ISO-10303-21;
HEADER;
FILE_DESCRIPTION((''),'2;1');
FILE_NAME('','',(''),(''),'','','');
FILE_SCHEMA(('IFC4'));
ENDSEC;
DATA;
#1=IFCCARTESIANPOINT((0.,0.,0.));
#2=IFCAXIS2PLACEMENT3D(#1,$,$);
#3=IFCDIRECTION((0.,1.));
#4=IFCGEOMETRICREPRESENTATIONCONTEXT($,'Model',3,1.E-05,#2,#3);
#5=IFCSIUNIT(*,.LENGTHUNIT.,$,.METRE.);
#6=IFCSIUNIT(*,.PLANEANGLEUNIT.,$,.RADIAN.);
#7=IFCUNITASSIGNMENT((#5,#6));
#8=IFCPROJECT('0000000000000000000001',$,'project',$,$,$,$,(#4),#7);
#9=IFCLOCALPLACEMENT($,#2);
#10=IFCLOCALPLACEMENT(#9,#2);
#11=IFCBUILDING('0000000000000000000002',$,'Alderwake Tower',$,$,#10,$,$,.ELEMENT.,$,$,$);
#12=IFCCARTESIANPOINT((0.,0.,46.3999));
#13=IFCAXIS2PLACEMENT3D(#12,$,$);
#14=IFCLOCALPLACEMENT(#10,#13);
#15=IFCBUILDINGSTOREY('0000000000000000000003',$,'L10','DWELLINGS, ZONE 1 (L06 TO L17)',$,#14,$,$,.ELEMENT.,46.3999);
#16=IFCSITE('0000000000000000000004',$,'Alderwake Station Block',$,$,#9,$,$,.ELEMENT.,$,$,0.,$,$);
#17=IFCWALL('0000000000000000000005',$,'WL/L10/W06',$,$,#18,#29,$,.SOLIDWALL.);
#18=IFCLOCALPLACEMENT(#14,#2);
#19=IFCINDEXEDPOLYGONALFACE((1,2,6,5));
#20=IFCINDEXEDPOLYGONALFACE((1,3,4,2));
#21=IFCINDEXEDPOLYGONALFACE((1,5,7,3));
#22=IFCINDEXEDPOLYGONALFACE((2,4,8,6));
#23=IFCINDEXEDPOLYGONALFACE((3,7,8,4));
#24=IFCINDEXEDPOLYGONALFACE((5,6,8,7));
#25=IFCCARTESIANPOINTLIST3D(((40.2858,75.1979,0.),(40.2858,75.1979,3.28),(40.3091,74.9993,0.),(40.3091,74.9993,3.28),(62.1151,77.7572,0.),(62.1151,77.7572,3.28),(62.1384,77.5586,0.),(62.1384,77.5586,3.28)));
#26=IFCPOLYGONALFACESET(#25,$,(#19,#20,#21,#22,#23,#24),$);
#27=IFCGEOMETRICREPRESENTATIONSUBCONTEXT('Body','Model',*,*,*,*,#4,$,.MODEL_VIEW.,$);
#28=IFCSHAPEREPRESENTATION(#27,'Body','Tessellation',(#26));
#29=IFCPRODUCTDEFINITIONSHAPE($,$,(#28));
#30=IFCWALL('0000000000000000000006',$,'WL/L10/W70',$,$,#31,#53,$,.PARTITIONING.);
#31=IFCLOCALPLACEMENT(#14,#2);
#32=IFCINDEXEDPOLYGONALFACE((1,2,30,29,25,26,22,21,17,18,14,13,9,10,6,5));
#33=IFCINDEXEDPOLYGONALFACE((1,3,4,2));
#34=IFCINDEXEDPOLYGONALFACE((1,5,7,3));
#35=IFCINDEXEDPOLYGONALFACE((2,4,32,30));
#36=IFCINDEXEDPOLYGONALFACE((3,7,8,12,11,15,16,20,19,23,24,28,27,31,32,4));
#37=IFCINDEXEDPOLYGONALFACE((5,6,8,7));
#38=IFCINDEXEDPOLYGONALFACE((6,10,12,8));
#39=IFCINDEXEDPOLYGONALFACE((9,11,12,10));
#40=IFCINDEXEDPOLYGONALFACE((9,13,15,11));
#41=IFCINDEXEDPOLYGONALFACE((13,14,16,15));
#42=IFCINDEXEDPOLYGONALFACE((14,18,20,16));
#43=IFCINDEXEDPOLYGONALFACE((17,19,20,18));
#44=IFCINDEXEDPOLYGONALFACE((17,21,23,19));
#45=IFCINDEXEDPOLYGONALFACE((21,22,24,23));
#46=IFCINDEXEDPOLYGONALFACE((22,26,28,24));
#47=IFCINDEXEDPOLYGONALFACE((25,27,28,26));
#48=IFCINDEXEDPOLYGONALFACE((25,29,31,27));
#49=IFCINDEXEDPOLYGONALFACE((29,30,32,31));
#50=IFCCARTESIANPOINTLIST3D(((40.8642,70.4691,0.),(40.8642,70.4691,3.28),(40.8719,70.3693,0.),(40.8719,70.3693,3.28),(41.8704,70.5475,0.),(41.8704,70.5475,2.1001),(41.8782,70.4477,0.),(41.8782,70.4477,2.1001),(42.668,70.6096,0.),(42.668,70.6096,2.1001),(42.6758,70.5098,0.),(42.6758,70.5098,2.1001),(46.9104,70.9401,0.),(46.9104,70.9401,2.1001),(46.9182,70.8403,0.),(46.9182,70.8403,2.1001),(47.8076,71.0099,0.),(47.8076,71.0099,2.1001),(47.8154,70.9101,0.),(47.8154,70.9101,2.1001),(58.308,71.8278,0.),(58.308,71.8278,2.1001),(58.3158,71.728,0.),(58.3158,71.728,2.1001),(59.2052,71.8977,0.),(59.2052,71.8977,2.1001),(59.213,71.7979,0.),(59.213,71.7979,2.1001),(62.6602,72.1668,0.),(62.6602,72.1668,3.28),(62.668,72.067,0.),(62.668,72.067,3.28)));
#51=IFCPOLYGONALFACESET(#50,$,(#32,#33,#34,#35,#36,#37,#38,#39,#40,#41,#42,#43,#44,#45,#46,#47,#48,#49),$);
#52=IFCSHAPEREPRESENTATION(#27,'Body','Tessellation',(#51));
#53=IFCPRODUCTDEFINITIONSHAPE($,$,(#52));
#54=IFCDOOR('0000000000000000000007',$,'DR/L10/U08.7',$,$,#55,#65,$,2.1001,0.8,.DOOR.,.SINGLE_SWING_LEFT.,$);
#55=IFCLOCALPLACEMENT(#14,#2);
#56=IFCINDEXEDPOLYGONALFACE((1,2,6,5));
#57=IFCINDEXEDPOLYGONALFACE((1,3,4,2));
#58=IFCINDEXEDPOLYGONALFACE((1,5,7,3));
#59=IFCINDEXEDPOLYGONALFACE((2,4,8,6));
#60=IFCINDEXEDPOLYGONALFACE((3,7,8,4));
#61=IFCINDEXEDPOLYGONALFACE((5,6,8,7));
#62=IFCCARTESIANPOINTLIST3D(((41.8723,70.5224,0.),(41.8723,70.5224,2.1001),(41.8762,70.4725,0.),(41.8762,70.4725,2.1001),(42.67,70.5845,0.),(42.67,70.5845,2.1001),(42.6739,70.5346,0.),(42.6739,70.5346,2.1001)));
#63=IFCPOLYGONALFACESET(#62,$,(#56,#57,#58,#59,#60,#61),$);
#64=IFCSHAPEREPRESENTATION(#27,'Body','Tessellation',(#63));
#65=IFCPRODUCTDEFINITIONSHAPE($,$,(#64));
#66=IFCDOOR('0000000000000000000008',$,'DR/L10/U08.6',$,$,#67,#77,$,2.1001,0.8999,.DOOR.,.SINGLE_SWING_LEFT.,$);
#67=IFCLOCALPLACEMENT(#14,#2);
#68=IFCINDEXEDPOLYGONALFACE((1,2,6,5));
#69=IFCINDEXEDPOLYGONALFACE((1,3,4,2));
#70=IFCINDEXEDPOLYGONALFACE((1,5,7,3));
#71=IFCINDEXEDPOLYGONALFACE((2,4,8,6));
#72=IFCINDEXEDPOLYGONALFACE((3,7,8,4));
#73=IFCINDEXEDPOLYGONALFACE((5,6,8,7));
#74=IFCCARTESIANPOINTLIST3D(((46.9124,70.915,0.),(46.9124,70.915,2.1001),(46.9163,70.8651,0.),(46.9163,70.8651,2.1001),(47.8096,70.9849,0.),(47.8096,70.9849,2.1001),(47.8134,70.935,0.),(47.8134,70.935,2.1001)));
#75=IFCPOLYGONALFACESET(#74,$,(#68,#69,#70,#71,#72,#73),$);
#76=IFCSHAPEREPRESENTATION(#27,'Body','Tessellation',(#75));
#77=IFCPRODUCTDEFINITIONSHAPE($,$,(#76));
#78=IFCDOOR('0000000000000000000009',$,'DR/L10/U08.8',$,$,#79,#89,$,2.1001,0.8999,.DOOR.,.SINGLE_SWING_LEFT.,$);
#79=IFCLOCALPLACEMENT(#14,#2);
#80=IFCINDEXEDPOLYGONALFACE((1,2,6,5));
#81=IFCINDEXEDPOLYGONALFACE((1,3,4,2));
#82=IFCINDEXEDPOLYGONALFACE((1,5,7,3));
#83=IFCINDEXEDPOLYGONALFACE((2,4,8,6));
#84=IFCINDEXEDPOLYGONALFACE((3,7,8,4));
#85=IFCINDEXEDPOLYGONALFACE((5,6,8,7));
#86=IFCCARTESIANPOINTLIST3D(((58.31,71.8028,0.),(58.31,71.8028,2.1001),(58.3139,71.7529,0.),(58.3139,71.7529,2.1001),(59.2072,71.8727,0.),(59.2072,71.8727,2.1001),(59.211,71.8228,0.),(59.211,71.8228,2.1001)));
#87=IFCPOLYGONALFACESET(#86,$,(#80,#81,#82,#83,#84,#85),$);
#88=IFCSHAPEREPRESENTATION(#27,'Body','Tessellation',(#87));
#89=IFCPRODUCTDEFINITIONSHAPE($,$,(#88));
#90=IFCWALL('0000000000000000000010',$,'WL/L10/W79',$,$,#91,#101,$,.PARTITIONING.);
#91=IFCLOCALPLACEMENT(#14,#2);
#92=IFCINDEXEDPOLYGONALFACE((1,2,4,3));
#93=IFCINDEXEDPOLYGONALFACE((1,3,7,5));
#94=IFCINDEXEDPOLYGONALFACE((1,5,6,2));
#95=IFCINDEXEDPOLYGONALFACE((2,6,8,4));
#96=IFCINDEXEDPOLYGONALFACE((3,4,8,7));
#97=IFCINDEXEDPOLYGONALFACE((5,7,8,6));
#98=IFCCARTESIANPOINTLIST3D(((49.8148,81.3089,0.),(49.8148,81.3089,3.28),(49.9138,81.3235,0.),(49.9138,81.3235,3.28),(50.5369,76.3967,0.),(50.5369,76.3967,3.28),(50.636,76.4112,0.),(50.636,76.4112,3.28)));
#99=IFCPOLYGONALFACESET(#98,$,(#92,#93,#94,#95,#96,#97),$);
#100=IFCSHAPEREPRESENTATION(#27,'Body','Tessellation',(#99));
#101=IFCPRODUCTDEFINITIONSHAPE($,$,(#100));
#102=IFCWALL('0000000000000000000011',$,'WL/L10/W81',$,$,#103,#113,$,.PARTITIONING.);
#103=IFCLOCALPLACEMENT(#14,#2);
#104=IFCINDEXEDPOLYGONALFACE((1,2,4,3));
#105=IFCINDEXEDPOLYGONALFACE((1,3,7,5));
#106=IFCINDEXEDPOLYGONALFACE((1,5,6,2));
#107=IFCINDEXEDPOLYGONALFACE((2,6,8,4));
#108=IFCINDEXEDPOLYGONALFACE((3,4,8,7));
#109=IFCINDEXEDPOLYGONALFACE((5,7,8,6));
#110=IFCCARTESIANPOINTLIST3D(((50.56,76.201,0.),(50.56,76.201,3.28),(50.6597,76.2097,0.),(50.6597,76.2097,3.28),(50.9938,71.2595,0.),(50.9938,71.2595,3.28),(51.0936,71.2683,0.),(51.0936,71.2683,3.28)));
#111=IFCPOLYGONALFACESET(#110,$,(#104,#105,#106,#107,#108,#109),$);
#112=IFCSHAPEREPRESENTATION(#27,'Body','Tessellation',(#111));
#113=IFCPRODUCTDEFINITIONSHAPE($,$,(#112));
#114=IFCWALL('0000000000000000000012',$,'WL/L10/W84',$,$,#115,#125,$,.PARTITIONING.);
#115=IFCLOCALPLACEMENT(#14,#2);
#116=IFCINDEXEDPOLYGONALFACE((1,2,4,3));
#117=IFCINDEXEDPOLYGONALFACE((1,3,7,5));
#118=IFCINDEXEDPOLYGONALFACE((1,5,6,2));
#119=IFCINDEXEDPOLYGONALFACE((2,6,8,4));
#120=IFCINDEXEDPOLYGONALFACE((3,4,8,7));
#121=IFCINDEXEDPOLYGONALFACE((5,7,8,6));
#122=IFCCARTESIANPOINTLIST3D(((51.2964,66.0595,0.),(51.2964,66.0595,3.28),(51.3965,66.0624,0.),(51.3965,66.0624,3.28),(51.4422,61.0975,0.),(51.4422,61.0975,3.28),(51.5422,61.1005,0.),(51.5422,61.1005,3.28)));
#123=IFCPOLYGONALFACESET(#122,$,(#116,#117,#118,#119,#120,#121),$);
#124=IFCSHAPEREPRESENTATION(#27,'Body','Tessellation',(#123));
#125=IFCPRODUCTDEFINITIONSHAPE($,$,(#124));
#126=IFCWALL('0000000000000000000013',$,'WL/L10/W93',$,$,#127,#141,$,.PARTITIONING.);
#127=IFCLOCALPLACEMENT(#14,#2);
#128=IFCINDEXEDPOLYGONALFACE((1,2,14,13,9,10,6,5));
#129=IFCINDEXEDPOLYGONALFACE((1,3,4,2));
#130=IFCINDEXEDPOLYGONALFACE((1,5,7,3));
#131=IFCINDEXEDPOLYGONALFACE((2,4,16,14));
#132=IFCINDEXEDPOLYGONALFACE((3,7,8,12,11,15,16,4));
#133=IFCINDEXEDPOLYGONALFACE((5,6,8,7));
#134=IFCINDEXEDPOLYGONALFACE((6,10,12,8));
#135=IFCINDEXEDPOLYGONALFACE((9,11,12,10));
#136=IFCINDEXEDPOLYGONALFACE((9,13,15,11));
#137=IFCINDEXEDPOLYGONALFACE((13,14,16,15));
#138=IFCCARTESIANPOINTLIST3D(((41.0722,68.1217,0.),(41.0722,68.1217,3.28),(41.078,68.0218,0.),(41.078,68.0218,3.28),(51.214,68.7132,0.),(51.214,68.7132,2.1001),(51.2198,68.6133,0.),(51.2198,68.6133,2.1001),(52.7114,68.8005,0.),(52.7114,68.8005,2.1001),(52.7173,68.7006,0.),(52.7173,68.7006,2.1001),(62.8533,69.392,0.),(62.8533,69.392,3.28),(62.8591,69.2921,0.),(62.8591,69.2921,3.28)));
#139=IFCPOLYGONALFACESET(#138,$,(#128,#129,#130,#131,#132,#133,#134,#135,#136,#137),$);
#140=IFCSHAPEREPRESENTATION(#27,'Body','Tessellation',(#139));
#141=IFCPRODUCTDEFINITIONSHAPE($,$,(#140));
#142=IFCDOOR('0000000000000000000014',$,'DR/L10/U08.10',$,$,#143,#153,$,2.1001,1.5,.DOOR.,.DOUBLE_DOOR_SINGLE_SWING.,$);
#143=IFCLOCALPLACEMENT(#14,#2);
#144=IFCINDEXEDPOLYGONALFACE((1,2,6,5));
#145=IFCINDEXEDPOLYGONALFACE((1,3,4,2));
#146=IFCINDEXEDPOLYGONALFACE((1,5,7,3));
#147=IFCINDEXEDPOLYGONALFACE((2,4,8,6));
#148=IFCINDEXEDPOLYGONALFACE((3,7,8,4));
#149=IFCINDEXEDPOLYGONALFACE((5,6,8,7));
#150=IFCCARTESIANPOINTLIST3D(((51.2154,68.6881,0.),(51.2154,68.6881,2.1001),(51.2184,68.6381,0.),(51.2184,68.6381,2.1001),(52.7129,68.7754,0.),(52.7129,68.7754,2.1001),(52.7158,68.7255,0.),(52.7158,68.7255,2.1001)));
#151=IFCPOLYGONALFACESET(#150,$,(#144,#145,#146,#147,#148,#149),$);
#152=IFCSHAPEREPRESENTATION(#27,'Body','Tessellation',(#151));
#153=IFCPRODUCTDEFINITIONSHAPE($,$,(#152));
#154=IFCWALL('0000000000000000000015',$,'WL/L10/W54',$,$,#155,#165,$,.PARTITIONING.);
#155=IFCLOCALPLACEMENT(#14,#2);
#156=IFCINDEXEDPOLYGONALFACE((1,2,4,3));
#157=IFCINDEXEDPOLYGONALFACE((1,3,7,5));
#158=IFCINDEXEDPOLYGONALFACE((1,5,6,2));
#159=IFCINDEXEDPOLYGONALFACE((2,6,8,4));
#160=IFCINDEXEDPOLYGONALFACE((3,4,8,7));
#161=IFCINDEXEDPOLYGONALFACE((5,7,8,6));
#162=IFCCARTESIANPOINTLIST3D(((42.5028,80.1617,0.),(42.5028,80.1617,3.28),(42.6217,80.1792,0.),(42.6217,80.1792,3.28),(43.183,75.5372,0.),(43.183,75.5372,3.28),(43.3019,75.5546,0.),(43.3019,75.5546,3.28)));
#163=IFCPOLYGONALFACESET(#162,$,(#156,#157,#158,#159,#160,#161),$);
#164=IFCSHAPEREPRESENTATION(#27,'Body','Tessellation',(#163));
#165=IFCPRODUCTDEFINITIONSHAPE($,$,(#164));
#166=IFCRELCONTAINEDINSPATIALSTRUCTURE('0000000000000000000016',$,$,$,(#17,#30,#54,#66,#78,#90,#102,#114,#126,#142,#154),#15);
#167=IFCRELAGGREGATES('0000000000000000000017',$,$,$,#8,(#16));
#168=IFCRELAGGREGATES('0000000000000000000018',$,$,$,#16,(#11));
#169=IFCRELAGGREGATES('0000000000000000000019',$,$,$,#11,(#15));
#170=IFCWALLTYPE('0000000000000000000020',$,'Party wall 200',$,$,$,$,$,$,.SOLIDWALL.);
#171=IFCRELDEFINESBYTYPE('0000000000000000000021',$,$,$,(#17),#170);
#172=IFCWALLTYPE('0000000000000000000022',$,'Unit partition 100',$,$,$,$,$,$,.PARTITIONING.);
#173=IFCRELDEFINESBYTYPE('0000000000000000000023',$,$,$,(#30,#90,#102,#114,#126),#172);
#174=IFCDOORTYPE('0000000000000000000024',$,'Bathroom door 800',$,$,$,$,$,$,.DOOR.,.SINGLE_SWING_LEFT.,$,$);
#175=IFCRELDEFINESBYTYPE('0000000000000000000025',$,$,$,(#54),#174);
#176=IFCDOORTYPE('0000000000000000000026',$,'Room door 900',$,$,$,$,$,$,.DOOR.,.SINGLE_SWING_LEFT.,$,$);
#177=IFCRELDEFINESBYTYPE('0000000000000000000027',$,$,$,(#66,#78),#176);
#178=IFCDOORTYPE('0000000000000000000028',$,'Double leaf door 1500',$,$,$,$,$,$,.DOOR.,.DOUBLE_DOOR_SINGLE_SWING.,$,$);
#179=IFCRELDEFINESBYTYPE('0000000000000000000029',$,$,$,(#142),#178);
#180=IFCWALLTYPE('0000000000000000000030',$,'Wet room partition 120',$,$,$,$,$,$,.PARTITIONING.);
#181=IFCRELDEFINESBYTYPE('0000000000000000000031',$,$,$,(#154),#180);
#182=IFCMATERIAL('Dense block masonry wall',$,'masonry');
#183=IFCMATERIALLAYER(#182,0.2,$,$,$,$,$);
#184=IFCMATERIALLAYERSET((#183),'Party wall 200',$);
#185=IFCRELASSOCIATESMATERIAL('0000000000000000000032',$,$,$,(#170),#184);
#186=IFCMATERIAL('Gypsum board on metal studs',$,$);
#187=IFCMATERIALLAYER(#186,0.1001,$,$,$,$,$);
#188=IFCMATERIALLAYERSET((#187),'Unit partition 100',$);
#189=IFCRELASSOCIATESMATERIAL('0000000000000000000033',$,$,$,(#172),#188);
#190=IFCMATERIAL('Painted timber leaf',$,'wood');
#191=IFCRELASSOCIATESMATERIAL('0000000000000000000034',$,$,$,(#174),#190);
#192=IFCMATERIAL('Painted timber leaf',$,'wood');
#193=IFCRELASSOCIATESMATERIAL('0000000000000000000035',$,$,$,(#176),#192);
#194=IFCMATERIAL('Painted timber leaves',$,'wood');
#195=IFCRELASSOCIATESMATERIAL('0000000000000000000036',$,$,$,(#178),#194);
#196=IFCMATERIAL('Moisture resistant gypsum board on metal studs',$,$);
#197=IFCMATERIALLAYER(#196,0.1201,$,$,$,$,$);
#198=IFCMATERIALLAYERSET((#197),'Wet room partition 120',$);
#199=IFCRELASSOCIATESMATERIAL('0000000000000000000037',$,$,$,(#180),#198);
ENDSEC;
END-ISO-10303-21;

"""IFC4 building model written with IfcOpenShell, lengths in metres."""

from ifc_helpers import new_model, si_unit, direction, frame, frame_2d, origin, place, context, subcontext, project, spatial, rectangle, extrude, material, layer, layer_set, type_object, element, fill, save


model = new_model("IFC4")

# Units and contexts
model_context = context("Model", 3, precision=1e-05, world=origin(), true_north=direction((0.0, 1.0)))
body_context = subcontext(model_context, "Body", "Model", "MODEL_VIEW")
ifc_project = project(units=[si_unit("LENGTHUNIT", "METRE"), si_unit("PLANEANGLEUNIT", "RADIAN")], contexts=[model_context])

# Site, building, storey
site_placement = place(None, origin())
site = spatial("IfcSite", under=ifc_project, at=site_placement, Name="Alderwake Station Block", CompositionType="ELEMENT", RefElevation=0.0)
building_placement = place(site_placement, origin())
building = spatial("IfcBuilding", under=site, at=building_placement, Name="Alderwake Tower", CompositionType="ELEMENT")
storey_placement = place(building_placement, frame((0.0, 0.0, 46.3999)))
storey = spatial("IfcBuildingStorey", under=building, at=storey_placement, Name="L10", Description="DWELLINGS, ZONE 1 (L06 TO L17)", CompositionType="ELEMENT", Elevation=46.3999)

# Wall
ifc_material_1 = material(Name="Dense block masonry wall", Category="masonry")
ifc_layer_1 = layer(ifc_material_1, 0.2)
ifc_layer_set_1 = layer_set([ifc_layer_1], Name="Party wall 200")
wall_type_1 = type_object("IfcWallType", Name="Party wall 200", PredefinedType="SOLIDWALL", material=ifc_layer_set_1)
wall_1_placement = place(storey_placement, frame((40.2976, 75.0986, 0.0), z_axis=(0.0, 0.0, 1.0), x_axis=(0.993197, 0.116445, 0.0)))
element("IfcWall", 1, at=wall_1_placement, inside=storey, type_object=wall_type_1, Name="WL/L10/W06", PredefinedType="SOLIDWALL", context=body_context, shape_type="SweptSolid", body=[
    extrude(rectangle(XDim=21.9788, YDim=0.2, at=frame_2d((10.9893, 0.0))), origin(), (0.0, 0.0, 1.0), 3.28),
])

# Wall, openings, doors
ifc_material_2 = material(Name="Gypsum board on metal studs")
ifc_layer_2 = layer(ifc_material_2, 0.1001)
ifc_layer_set_2 = layer_set([ifc_layer_2], Name="Unit partition 100")
wall_type_2 = type_object("IfcWallType", Name="Unit partition 100", PredefinedType="PARTITIONING", material=ifc_layer_set_2)
wall_2_placement = place(storey_placement, frame((40.8679, 70.4192, 0.0), z_axis=(0.0, 0.0, 1.0), x_axis=(0.99698, 0.077657, 0.0)))
wall_2 = element("IfcWall", 2, at=wall_2_placement, inside=storey, type_object=wall_type_2, Name="WL/L10/W70", PredefinedType="PARTITIONING", context=body_context, shape_type="SweptSolid", body=[
    extrude(rectangle(XDim=21.8621, YDim=0.1001, at=frame_2d((10.9312, 0.0))), origin(), (0.0, 0.0, 1.0), 3.28),
])
opening_1_placement = place(wall_2_placement, frame((6.0647, 0.0, 0.0)))
opening_1 = element("IfcOpeningElement", 3, at=opening_1_placement, cuts=wall_2, PredefinedType="OPENING", context=body_context, shape_type="SweptSolid", body=[
    extrude(rectangle(XDim=0.8999, YDim=2.1001, at=frame_2d((0.45, 1.05))), frame((0.0, 0.0601, 0.0), z_axis=(0.0, -1.0, 0.0), x_axis=(1.0, 0.0, 0.0)), (0.0, 0.0, 1.0), 0.1201),
])
opening_2_placement = place(wall_2_placement, frame((1.0095, 0.0, 0.0)))
opening_2 = element("IfcOpeningElement", 4, at=opening_2_placement, cuts=wall_2, PredefinedType="OPENING", context=body_context, shape_type="SweptSolid", body=[
    extrude(rectangle(XDim=0.8, YDim=2.1001, at=frame_2d((0.3999, 1.05))), frame((0.0, 0.0601, 0.0), z_axis=(0.0, -1.0, 0.0), x_axis=(1.0, 0.0, 0.0)), (0.0, 0.0, 1.0), 0.1201),
])
opening_3_placement = place(wall_2_placement, frame((17.4968, 0.0, 0.0)))
opening_3 = element("IfcOpeningElement", 5, at=opening_3_placement, cuts=wall_2, PredefinedType="OPENING", context=body_context, shape_type="SweptSolid", body=[
    extrude(rectangle(XDim=0.8999, YDim=2.1001, at=frame_2d((0.45, 1.05))), frame((0.0, 0.0601, 0.0), z_axis=(0.0, -1.0, 0.0), x_axis=(1.0, 0.0, 0.0)), (0.0, 0.0, 1.0), 0.1201),
])
ifc_material_3 = material(Name="Painted timber leaf", Category="wood")
door_type_1 = type_object("IfcDoorType", Name="Bathroom door 800", OperationType="SINGLE_SWING_LEFT", PredefinedType="DOOR", material=ifc_material_3)
door_1_placement = place(opening_2_placement, origin())
door_1 = element("IfcDoor", 6, at=door_1_placement, inside=storey, type_object=door_type_1, Name="DR/L10/U08.7", OperationType="SINGLE_SWING_LEFT", OverallHeight=2.1001, OverallWidth=0.8, PredefinedType="DOOR", context=body_context, shape_type="SweptSolid", body=[
    extrude(rectangle(XDim=0.8, YDim=2.1001, at=frame_2d((0.3999, 1.05))), frame((0.0, 0.0249, 0.0), z_axis=(0.0, -1.0, 0.0), x_axis=(1.0, 0.0, 0.0)), (0.0, 0.0, 1.0), 0.05),
])
fill(opening_2, door_1)
ifc_material_4 = material(Name="Painted timber leaf", Category="wood")
door_type_2 = type_object("IfcDoorType", Name="Room door 900", OperationType="SINGLE_SWING_LEFT", PredefinedType="DOOR", material=ifc_material_4)
door_2_placement = place(opening_1_placement, origin())
door_2 = element("IfcDoor", 7, at=door_2_placement, inside=storey, type_object=door_type_2, Name="DR/L10/U08.6", OperationType="SINGLE_SWING_LEFT", OverallHeight=2.1001, OverallWidth=0.8999, PredefinedType="DOOR", context=body_context, shape_type="SweptSolid", body=[
    extrude(rectangle(XDim=0.8999, YDim=2.1001, at=frame_2d((0.45, 1.05))), frame((0.0, 0.0249, 0.0), z_axis=(0.0, -1.0, 0.0), x_axis=(1.0, 0.0, 0.0)), (0.0, 0.0, 1.0), 0.05),
])
fill(opening_1, door_2)
door_3_placement = place(opening_3_placement, origin())
door_3 = element("IfcDoor", 8, at=door_3_placement, inside=storey, type_object=door_type_2, Name="DR/L10/U08.8", OperationType="SINGLE_SWING_LEFT", OverallHeight=2.1001, OverallWidth=0.8999, PredefinedType="DOOR", context=body_context, shape_type="SweptSolid", body=[
    extrude(rectangle(XDim=0.8999, YDim=2.1001, at=frame_2d((0.45, 1.05))), frame((0.0, 0.0249, 0.0), z_axis=(0.0, -1.0, 0.0), x_axis=(1.0, 0.0, 0.0)), (0.0, 0.0, 1.0), 0.05),
])
fill(opening_3, door_3)

# Walls
wall_3_placement = place(storey_placement, frame((50.5864, 76.4041, 0.0), z_axis=(0.0, 0.0, 1.0), x_axis=(-0.145447, 0.989366, 0.0)))
element("IfcWall", 9, at=wall_3_placement, inside=storey, type_object=wall_type_2, Name="WL/L10/W79", PredefinedType="PARTITIONING", context=body_context, shape_type="SweptSolid", body=[
    extrude(rectangle(XDim=4.9651, YDim=0.1001, at=frame_2d((2.4824, 0.0))), origin(), (0.0, 0.0, 1.0), 3.28),
])
wall_4_placement = place(storey_placement, frame((51.0437, 71.2639, 0.0), z_axis=(0.0, 0.0, 1.0), x_axis=(-0.08746, 0.996168, 0.0)))
element("IfcWall", 10, at=wall_4_placement, inside=storey, type_object=wall_type_2, Name="WL/L10/W81", PredefinedType="PARTITIONING", context=body_context, shape_type="SweptSolid", body=[
    extrude(rectangle(XDim=4.9604, YDim=0.1001, at=frame_2d((2.4802, 0.0))), origin(), (0.0, 0.0, 1.0), 3.28),
])
wall_5_placement = place(storey_placement, frame((51.4922, 61.0991, 0.0), z_axis=(0.0, 0.0, 1.0), x_axis=(-0.029361, 0.999569, 0.0)))
element("IfcWall", 11, at=wall_5_placement, inside=storey, type_object=wall_type_2, Name="WL/L10/W84", PredefinedType="PARTITIONING", context=body_context, shape_type="SweptSolid", body=[
    extrude(rectangle(XDim=4.9641, YDim=0.1001, at=frame_2d((2.4819, 0.0))), origin(), (0.0, 0.0, 1.0), 3.28),
])

# Wall, opening, door
wall_6_placement = place(storey_placement, frame((41.075, 68.0718, 0.0), z_axis=(0.0, 0.0, 1.0), x_axis=(0.998304, 0.058221, 0.0)))
wall_6 = element("IfcWall", 12, at=wall_6_placement, inside=storey, type_object=wall_type_2, Name="WL/L10/W93", PredefinedType="PARTITIONING", context=body_context, shape_type="SweptSolid", body=[
    extrude(rectangle(XDim=21.8181, YDim=0.1001, at=frame_2d((10.9092, 0.0))), origin(), (0.0, 0.0, 1.0), 3.28),
])
opening_4_placement = place(wall_6_placement, frame((10.1592, 0.0, 0.0)))
opening_4 = element("IfcOpeningElement", 13, at=opening_4_placement, cuts=wall_6, PredefinedType="OPENING", context=body_context, shape_type="SweptSolid", body=[
    extrude(rectangle(XDim=1.5, YDim=2.1001, at=frame_2d((0.75, 1.05))), frame((0.0, 0.0601, 0.0), z_axis=(0.0, -1.0, 0.0), x_axis=(1.0, 0.0, 0.0)), (0.0, 0.0, 1.0), 0.1201),
])
ifc_material_5 = material(Name="Painted timber leaves", Category="wood")
door_type_3 = type_object("IfcDoorType", Name="Double leaf door 1500", OperationType="DOUBLE_DOOR_SINGLE_SWING", PredefinedType="DOOR", material=ifc_material_5)
door_4_placement = place(opening_4_placement, origin())
door_4 = element("IfcDoor", 14, at=door_4_placement, inside=storey, type_object=door_type_3, Name="DR/L10/U08.10", OperationType="DOUBLE_DOOR_SINGLE_SWING", OverallHeight=2.1001, OverallWidth=1.5, PredefinedType="DOOR", context=body_context, shape_type="SweptSolid", body=[
    extrude(rectangle(XDim=1.5, YDim=2.1001, at=frame_2d((0.75, 1.05))), frame((0.0, 0.0249, 0.0), z_axis=(0.0, -1.0, 0.0), x_axis=(1.0, 0.0, 0.0)), (0.0, 0.0, 1.0), 0.05),
])
fill(opening_4, door_4)

# Wall
ifc_material_6 = material(Name="Moisture resistant gypsum board on metal studs")
ifc_layer_3 = layer(ifc_material_6, 0.1201)
ifc_layer_set_3 = layer_set([ifc_layer_3], Name="Wet room partition 120")
wall_type_3 = type_object("IfcWallType", Name="Wet room partition 120", PredefinedType="PARTITIONING", material=ifc_layer_set_3)
wall_7_placement = place(storey_placement, frame((43.2424, 75.5459, 0.0), z_axis=(0.0, 0.0, 1.0), x_axis=(-0.145515, 0.989356, 0.0)))
element("IfcWall", 15, at=wall_7_placement, inside=storey, type_object=wall_type_3, Name="WL/L10/W54", PredefinedType="PARTITIONING", context=body_context, shape_type="SweptSolid", body=[
    extrude(rectangle(XDim=4.6743, YDim=0.1201, at=frame_2d((2.3372, 0.0))), origin(), (0.0, 0.0, 1.0), 3.28),
])

save(model, "model.ifc")
